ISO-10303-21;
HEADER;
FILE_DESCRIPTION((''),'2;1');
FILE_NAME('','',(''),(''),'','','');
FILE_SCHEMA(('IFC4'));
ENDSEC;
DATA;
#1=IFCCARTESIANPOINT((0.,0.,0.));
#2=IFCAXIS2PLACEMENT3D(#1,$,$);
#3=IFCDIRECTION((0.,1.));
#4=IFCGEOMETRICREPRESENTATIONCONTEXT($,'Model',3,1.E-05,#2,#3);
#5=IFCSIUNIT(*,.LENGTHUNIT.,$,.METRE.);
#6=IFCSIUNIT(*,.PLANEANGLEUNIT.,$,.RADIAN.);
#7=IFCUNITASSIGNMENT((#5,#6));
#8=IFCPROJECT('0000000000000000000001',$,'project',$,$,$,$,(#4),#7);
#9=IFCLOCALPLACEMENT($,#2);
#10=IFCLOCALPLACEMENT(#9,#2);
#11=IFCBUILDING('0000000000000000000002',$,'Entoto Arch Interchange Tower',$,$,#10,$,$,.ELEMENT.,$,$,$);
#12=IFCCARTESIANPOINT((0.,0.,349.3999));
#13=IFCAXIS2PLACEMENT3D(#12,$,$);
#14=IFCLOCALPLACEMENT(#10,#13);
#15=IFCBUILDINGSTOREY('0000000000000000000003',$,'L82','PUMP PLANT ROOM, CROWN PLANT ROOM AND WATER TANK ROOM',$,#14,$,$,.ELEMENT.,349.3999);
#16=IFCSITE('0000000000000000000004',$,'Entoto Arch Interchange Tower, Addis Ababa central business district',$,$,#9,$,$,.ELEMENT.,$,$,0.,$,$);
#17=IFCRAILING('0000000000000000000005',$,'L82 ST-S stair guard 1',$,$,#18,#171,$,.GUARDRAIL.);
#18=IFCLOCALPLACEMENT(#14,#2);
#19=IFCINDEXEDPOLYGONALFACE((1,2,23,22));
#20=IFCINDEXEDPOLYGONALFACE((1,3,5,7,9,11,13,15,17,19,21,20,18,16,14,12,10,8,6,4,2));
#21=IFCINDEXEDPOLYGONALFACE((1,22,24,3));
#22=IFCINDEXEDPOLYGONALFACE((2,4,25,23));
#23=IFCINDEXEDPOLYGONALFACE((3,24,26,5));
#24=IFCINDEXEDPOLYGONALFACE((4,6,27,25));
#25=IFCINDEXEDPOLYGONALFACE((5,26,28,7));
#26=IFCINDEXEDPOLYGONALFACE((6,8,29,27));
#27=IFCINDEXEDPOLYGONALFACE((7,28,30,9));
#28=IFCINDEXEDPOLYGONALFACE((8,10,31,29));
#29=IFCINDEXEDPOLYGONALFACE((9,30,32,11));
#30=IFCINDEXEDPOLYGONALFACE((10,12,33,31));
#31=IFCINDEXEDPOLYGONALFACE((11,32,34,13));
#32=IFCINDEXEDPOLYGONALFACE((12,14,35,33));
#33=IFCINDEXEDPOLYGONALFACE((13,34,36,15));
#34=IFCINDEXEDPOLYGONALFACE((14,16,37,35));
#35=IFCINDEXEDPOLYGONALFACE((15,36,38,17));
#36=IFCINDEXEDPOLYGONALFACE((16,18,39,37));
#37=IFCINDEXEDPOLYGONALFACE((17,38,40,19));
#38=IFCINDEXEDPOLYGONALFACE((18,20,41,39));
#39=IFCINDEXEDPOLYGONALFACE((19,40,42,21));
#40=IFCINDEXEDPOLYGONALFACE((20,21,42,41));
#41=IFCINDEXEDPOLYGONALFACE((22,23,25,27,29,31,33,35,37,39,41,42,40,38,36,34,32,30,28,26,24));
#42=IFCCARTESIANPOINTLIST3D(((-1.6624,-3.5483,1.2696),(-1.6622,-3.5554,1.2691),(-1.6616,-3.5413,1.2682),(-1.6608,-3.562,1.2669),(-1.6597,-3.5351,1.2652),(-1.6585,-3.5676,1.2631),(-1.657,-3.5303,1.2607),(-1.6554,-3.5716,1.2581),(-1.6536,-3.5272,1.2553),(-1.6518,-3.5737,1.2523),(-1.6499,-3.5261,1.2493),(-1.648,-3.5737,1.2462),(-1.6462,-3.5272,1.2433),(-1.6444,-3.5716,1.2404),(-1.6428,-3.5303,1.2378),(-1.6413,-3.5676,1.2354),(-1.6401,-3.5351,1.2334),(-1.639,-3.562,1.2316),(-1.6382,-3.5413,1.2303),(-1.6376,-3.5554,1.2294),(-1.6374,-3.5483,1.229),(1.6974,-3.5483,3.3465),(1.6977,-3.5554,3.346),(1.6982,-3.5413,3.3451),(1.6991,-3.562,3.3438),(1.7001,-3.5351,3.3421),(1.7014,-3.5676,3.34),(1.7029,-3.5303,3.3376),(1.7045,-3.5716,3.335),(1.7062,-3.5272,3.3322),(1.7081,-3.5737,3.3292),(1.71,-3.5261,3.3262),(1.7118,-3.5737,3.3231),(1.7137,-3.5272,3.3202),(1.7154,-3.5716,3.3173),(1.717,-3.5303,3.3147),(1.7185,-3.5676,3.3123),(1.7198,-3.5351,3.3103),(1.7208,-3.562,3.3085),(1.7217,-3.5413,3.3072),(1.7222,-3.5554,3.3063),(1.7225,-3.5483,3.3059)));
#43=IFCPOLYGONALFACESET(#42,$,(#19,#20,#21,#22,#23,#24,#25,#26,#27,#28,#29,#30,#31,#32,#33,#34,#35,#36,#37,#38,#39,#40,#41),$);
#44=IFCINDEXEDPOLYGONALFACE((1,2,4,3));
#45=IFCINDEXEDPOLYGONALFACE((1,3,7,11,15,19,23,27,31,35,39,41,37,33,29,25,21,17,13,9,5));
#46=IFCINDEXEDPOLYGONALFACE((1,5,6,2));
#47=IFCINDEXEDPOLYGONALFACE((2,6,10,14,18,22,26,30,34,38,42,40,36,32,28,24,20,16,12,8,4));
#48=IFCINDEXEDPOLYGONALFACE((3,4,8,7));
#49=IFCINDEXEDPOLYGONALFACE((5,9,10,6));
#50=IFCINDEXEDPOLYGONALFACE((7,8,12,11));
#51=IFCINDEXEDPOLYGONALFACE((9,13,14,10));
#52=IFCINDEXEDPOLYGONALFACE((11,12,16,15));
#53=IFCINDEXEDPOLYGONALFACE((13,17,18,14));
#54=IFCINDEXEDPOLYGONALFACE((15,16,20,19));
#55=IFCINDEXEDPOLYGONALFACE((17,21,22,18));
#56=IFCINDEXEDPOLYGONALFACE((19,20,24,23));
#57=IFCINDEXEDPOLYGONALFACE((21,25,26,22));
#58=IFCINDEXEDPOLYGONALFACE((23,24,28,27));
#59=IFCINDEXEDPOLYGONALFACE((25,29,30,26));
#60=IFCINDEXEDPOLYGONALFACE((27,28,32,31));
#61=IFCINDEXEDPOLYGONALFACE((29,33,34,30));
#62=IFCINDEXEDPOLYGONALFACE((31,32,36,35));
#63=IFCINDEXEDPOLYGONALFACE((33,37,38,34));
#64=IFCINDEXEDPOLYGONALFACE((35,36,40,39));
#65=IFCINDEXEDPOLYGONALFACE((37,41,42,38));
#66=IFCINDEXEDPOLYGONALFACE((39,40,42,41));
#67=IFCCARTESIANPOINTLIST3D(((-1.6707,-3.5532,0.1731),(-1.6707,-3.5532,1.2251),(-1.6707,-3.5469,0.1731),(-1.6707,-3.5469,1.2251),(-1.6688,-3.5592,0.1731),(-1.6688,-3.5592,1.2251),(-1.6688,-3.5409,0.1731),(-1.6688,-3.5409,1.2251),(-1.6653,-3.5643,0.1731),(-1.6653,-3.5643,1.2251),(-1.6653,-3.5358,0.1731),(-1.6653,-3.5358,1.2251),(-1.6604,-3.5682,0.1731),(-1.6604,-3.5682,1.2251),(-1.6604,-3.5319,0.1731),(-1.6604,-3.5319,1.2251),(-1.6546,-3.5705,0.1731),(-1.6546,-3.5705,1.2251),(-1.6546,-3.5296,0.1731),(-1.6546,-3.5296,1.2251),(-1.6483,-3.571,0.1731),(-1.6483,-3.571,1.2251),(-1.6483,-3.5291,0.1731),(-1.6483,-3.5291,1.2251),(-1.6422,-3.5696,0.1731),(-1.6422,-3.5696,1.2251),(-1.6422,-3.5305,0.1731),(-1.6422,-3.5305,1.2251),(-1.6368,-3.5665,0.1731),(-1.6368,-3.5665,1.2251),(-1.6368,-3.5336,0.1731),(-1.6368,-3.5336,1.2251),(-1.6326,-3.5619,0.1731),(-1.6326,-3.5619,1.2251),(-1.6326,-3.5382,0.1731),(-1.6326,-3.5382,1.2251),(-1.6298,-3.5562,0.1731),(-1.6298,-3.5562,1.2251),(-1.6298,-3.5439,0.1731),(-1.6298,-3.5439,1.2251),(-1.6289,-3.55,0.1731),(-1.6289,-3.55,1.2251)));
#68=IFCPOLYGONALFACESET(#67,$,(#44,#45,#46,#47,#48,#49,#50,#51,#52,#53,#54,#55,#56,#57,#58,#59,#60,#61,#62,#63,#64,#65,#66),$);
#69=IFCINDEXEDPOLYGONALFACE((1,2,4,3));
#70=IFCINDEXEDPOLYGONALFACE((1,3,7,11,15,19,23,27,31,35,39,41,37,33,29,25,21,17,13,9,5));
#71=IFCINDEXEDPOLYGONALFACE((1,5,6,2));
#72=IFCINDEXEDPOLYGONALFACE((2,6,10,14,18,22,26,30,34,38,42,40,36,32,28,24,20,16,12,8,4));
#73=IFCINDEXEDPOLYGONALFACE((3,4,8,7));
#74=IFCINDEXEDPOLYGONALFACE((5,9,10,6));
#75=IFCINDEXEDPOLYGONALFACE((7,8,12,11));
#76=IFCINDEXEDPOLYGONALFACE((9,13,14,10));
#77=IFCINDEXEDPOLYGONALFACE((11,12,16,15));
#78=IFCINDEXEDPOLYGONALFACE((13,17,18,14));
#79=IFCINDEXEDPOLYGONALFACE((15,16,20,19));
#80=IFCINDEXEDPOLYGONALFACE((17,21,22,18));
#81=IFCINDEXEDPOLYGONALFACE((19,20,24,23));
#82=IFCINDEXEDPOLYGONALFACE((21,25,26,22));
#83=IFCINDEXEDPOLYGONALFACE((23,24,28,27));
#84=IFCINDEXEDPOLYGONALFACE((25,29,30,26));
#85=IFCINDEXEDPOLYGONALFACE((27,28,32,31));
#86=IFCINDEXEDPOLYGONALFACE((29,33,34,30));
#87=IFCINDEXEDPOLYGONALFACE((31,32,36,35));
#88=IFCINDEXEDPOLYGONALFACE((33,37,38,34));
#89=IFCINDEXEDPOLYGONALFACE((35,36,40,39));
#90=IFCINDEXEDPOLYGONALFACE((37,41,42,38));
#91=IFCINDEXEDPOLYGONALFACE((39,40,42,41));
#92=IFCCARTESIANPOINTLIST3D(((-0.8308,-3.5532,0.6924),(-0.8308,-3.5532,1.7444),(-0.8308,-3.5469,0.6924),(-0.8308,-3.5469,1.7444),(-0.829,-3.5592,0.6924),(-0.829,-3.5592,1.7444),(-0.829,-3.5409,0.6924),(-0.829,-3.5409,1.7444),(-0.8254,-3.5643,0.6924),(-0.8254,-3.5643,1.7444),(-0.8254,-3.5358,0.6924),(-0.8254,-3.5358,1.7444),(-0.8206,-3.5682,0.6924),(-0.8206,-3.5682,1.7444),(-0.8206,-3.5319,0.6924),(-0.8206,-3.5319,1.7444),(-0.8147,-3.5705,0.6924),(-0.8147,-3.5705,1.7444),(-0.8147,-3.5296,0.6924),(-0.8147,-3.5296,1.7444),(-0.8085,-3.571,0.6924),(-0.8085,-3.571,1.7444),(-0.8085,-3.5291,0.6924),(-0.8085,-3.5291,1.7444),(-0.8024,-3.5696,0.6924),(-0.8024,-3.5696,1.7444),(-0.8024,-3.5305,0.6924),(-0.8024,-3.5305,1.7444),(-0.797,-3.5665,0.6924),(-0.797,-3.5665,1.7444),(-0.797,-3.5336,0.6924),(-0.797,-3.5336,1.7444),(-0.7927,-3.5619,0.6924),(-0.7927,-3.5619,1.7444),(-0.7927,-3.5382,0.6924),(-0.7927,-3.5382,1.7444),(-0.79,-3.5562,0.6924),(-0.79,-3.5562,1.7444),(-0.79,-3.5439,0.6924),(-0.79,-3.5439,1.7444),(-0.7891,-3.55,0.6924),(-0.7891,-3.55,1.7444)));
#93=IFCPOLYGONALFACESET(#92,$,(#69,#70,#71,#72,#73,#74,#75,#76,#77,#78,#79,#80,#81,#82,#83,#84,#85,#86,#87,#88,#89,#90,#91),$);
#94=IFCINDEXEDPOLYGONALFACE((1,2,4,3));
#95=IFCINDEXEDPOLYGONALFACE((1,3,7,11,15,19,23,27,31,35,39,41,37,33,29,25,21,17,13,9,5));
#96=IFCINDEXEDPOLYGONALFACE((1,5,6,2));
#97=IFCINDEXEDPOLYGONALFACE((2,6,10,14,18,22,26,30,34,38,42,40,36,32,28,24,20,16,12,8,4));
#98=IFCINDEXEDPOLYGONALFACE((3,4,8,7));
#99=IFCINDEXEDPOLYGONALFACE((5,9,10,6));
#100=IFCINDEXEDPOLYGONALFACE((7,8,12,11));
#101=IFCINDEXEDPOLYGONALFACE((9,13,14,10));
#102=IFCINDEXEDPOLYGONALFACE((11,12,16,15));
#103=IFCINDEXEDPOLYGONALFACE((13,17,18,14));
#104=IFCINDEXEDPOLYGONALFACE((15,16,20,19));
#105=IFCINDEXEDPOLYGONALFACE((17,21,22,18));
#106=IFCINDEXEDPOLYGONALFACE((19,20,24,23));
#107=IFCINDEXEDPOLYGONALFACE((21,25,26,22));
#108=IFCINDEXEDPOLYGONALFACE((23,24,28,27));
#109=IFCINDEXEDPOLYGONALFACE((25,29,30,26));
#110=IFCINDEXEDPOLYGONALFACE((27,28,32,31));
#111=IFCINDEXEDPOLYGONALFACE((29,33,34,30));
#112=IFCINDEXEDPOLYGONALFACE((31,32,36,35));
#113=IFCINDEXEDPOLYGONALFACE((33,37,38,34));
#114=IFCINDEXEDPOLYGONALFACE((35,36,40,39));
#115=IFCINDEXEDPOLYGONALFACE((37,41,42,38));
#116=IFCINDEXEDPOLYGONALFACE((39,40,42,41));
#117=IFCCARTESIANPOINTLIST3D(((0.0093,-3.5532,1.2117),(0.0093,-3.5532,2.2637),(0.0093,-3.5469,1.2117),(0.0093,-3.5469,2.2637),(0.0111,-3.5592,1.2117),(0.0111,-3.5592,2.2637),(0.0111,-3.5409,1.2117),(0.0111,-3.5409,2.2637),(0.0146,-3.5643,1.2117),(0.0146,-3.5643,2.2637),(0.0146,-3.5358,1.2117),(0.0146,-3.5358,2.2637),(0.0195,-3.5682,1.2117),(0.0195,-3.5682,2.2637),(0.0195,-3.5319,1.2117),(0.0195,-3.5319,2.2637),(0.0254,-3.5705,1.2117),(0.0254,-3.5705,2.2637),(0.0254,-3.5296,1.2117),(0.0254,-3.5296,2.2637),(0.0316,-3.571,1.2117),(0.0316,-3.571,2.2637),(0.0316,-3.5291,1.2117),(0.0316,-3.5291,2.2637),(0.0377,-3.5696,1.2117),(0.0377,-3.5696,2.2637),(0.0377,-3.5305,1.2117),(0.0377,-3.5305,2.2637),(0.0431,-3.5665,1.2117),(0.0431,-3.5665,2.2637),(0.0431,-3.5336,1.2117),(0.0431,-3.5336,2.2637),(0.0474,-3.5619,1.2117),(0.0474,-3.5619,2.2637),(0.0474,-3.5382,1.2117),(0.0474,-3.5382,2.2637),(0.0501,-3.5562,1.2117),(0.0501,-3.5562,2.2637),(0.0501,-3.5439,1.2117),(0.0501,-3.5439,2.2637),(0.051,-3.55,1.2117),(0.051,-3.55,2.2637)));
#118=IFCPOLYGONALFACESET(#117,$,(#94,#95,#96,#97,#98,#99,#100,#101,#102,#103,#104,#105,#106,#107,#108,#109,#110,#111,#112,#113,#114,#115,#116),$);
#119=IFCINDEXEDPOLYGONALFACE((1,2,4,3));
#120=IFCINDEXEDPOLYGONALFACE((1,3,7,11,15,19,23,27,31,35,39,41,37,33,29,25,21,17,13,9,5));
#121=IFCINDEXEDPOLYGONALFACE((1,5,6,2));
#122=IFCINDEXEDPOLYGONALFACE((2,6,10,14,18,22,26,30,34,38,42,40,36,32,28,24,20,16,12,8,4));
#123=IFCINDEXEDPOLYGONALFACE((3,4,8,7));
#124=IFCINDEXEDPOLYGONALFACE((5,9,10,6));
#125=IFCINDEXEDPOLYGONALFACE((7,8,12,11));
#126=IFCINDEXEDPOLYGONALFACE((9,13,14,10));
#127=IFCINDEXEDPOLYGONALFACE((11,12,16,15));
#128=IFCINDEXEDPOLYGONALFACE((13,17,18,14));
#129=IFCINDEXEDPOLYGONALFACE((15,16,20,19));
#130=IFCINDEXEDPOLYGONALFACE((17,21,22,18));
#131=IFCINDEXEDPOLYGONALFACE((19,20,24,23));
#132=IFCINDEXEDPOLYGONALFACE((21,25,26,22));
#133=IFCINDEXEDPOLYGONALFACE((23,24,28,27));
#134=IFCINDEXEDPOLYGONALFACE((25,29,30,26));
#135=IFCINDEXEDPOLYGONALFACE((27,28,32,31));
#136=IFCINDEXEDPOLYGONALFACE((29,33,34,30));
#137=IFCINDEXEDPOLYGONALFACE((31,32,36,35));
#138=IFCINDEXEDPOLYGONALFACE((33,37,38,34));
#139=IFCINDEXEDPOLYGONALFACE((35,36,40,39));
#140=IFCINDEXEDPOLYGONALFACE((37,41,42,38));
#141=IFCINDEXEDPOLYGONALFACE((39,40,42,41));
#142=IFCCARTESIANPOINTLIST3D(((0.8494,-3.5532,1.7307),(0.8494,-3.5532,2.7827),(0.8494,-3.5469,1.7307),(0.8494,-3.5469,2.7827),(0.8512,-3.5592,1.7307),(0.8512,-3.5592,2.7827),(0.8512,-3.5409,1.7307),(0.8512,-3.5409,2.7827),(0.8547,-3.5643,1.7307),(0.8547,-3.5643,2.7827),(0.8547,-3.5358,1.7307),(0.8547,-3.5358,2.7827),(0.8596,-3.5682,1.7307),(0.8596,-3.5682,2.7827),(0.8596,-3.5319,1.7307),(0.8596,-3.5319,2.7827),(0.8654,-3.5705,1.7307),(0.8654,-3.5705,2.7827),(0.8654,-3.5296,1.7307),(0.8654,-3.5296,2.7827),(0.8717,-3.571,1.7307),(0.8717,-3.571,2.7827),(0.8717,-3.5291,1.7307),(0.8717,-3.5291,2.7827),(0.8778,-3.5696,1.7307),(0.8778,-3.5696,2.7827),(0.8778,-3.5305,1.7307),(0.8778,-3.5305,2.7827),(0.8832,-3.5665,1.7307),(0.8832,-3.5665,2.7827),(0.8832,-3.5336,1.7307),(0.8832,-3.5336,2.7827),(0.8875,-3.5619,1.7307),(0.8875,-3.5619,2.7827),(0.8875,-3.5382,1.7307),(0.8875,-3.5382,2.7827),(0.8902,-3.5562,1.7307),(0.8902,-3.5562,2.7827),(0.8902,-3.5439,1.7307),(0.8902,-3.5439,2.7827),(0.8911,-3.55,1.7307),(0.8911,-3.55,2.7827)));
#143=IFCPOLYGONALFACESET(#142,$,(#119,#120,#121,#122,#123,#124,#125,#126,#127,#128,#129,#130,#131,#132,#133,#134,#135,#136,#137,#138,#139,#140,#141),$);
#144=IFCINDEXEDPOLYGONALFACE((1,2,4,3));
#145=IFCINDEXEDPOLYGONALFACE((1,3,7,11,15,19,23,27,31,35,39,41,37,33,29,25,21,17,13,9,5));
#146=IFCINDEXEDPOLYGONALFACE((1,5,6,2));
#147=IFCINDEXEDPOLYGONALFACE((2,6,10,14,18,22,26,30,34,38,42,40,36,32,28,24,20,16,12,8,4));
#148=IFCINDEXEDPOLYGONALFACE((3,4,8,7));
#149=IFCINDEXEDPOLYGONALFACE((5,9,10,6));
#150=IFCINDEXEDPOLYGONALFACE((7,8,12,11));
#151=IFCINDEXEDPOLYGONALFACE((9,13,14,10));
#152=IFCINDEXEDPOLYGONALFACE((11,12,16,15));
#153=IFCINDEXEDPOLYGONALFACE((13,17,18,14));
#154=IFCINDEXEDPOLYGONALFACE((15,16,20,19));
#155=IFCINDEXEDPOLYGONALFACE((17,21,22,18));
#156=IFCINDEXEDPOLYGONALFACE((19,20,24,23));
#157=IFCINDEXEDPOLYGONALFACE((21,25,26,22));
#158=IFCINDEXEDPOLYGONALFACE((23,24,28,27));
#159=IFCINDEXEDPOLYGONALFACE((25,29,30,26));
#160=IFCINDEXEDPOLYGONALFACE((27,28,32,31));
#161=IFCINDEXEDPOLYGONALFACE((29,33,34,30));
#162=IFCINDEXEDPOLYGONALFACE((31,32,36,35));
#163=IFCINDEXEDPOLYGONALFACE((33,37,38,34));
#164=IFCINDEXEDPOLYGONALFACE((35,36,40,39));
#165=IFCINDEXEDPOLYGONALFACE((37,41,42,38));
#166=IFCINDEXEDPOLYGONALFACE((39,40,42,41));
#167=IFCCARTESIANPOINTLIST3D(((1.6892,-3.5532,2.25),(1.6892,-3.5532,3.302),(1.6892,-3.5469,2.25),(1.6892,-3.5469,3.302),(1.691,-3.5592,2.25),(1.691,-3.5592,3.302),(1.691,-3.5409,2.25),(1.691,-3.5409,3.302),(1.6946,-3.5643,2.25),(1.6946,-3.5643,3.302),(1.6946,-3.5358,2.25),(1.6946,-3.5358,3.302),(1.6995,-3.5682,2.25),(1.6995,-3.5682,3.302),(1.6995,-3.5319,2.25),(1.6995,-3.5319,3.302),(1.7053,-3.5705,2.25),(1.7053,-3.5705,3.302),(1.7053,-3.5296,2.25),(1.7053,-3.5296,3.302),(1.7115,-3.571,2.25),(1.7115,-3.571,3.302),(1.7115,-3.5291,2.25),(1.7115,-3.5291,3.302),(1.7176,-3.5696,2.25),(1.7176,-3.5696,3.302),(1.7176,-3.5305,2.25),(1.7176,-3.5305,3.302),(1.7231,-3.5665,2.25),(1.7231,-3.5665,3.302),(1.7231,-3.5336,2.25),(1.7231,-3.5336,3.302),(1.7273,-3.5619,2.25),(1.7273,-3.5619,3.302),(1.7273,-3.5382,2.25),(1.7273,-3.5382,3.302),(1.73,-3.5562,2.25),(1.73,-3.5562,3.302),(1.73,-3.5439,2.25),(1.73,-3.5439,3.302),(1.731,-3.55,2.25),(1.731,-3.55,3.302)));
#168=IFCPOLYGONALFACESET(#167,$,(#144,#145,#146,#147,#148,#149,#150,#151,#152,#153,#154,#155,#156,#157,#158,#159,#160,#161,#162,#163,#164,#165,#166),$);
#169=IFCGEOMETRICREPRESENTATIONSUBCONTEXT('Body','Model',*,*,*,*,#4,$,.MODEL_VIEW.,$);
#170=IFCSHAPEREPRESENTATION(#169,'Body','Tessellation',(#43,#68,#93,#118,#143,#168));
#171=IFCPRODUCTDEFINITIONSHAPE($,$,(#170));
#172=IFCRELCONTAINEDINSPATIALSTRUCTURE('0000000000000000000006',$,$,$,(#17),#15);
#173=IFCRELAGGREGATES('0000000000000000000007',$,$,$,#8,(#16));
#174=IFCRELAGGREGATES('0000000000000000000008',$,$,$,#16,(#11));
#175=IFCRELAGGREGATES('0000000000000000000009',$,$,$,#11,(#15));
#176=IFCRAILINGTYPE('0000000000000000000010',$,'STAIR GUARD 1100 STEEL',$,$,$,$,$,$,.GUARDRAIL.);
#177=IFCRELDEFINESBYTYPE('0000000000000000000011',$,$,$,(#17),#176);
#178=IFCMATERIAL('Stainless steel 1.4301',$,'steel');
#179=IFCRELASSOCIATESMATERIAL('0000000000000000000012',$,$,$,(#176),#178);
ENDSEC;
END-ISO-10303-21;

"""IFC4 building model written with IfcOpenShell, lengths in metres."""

from ifc_helpers import new_model, si_unit, direction, frame, origin, origin_2d, place, context, subcontext, project, spatial, circle, extrude, material, type_object, element, save


model = new_model("IFC4")

# Units and contexts
model_context = context("Model", 3, precision=1e-05, world=origin(), true_north=direction((0.0, 1.0)))
body_context = subcontext(model_context, "Body", "Model", "MODEL_VIEW")
ifc_project = project(units=[si_unit("LENGTHUNIT", "METRE"), si_unit("PLANEANGLEUNIT", "RADIAN")], contexts=[model_context])

# Site, building, storey
site_placement = place(None, origin())
site = spatial("IfcSite", under=ifc_project, at=site_placement, Name="Entoto Arch Interchange Tower, Addis Ababa central business district", CompositionType="ELEMENT", RefElevation=0.0)
building_placement = place(site_placement, origin())
building = spatial("IfcBuilding", under=site, at=building_placement, Name="Entoto Arch Interchange Tower", CompositionType="ELEMENT")
storey_placement = place(building_placement, frame((0.0, 0.0, 349.3999)))
storey = spatial("IfcBuildingStorey", under=building, at=storey_placement, Name="L82", Description="PUMP PLANT ROOM, CROWN PLANT ROOM AND WATER TANK ROOM", CompositionType="ELEMENT", Elevation=349.3999)

# Railing
ifc_material_1 = material(Name="Stainless steel 1.4301", Category="steel")
railing_type = type_object("IfcRailingType", Name="STAIR GUARD 1100 STEEL", PredefinedType="GUARDRAIL", material=ifc_material_1)
railing_placement = place(storey_placement, frame((-1.6499, -3.55, 0.1731)))
element("IfcRailing", 1, at=railing_placement, inside=storey, type_object=railing_type, Name="L82 ST-S stair guard 1", PredefinedType="GUARDRAIL", context=body_context, shape_type="SweptSolid", body=[
    extrude(circle(Radius=0.0239, at=origin_2d()), frame((0.0, 0.0, 1.0762), z_axis=(0.850606, 0.0, 0.525803), x_axis=(0.0, 1.0, 0.0)), (0.0, 0.0, 1.0), 3.95),
    extrude(circle(Radius=0.021, at=origin_2d()), origin(), (0.0, 0.0, 1.0), 1.052),
    extrude(circle(Radius=0.021, at=origin_2d()), frame((0.8398, 0.0, 0.5193)), (0.0, 0.0, 1.0), 1.052),
    extrude(circle(Radius=0.021, at=origin_2d()), frame((1.6799, 0.0, 1.0386)), (0.0, 0.0, 1.0), 1.052),
    extrude(circle(Radius=0.021, at=origin_2d()), frame((2.52, 0.0, 1.5576)), (0.0, 0.0, 1.0), 1.052),
    extrude(circle(Radius=0.021, at=origin_2d()), frame((3.3599, 0.0, 2.0769)), (0.0, 0.0, 1.0), 1.052),
])

save(model, "model.ifc")
